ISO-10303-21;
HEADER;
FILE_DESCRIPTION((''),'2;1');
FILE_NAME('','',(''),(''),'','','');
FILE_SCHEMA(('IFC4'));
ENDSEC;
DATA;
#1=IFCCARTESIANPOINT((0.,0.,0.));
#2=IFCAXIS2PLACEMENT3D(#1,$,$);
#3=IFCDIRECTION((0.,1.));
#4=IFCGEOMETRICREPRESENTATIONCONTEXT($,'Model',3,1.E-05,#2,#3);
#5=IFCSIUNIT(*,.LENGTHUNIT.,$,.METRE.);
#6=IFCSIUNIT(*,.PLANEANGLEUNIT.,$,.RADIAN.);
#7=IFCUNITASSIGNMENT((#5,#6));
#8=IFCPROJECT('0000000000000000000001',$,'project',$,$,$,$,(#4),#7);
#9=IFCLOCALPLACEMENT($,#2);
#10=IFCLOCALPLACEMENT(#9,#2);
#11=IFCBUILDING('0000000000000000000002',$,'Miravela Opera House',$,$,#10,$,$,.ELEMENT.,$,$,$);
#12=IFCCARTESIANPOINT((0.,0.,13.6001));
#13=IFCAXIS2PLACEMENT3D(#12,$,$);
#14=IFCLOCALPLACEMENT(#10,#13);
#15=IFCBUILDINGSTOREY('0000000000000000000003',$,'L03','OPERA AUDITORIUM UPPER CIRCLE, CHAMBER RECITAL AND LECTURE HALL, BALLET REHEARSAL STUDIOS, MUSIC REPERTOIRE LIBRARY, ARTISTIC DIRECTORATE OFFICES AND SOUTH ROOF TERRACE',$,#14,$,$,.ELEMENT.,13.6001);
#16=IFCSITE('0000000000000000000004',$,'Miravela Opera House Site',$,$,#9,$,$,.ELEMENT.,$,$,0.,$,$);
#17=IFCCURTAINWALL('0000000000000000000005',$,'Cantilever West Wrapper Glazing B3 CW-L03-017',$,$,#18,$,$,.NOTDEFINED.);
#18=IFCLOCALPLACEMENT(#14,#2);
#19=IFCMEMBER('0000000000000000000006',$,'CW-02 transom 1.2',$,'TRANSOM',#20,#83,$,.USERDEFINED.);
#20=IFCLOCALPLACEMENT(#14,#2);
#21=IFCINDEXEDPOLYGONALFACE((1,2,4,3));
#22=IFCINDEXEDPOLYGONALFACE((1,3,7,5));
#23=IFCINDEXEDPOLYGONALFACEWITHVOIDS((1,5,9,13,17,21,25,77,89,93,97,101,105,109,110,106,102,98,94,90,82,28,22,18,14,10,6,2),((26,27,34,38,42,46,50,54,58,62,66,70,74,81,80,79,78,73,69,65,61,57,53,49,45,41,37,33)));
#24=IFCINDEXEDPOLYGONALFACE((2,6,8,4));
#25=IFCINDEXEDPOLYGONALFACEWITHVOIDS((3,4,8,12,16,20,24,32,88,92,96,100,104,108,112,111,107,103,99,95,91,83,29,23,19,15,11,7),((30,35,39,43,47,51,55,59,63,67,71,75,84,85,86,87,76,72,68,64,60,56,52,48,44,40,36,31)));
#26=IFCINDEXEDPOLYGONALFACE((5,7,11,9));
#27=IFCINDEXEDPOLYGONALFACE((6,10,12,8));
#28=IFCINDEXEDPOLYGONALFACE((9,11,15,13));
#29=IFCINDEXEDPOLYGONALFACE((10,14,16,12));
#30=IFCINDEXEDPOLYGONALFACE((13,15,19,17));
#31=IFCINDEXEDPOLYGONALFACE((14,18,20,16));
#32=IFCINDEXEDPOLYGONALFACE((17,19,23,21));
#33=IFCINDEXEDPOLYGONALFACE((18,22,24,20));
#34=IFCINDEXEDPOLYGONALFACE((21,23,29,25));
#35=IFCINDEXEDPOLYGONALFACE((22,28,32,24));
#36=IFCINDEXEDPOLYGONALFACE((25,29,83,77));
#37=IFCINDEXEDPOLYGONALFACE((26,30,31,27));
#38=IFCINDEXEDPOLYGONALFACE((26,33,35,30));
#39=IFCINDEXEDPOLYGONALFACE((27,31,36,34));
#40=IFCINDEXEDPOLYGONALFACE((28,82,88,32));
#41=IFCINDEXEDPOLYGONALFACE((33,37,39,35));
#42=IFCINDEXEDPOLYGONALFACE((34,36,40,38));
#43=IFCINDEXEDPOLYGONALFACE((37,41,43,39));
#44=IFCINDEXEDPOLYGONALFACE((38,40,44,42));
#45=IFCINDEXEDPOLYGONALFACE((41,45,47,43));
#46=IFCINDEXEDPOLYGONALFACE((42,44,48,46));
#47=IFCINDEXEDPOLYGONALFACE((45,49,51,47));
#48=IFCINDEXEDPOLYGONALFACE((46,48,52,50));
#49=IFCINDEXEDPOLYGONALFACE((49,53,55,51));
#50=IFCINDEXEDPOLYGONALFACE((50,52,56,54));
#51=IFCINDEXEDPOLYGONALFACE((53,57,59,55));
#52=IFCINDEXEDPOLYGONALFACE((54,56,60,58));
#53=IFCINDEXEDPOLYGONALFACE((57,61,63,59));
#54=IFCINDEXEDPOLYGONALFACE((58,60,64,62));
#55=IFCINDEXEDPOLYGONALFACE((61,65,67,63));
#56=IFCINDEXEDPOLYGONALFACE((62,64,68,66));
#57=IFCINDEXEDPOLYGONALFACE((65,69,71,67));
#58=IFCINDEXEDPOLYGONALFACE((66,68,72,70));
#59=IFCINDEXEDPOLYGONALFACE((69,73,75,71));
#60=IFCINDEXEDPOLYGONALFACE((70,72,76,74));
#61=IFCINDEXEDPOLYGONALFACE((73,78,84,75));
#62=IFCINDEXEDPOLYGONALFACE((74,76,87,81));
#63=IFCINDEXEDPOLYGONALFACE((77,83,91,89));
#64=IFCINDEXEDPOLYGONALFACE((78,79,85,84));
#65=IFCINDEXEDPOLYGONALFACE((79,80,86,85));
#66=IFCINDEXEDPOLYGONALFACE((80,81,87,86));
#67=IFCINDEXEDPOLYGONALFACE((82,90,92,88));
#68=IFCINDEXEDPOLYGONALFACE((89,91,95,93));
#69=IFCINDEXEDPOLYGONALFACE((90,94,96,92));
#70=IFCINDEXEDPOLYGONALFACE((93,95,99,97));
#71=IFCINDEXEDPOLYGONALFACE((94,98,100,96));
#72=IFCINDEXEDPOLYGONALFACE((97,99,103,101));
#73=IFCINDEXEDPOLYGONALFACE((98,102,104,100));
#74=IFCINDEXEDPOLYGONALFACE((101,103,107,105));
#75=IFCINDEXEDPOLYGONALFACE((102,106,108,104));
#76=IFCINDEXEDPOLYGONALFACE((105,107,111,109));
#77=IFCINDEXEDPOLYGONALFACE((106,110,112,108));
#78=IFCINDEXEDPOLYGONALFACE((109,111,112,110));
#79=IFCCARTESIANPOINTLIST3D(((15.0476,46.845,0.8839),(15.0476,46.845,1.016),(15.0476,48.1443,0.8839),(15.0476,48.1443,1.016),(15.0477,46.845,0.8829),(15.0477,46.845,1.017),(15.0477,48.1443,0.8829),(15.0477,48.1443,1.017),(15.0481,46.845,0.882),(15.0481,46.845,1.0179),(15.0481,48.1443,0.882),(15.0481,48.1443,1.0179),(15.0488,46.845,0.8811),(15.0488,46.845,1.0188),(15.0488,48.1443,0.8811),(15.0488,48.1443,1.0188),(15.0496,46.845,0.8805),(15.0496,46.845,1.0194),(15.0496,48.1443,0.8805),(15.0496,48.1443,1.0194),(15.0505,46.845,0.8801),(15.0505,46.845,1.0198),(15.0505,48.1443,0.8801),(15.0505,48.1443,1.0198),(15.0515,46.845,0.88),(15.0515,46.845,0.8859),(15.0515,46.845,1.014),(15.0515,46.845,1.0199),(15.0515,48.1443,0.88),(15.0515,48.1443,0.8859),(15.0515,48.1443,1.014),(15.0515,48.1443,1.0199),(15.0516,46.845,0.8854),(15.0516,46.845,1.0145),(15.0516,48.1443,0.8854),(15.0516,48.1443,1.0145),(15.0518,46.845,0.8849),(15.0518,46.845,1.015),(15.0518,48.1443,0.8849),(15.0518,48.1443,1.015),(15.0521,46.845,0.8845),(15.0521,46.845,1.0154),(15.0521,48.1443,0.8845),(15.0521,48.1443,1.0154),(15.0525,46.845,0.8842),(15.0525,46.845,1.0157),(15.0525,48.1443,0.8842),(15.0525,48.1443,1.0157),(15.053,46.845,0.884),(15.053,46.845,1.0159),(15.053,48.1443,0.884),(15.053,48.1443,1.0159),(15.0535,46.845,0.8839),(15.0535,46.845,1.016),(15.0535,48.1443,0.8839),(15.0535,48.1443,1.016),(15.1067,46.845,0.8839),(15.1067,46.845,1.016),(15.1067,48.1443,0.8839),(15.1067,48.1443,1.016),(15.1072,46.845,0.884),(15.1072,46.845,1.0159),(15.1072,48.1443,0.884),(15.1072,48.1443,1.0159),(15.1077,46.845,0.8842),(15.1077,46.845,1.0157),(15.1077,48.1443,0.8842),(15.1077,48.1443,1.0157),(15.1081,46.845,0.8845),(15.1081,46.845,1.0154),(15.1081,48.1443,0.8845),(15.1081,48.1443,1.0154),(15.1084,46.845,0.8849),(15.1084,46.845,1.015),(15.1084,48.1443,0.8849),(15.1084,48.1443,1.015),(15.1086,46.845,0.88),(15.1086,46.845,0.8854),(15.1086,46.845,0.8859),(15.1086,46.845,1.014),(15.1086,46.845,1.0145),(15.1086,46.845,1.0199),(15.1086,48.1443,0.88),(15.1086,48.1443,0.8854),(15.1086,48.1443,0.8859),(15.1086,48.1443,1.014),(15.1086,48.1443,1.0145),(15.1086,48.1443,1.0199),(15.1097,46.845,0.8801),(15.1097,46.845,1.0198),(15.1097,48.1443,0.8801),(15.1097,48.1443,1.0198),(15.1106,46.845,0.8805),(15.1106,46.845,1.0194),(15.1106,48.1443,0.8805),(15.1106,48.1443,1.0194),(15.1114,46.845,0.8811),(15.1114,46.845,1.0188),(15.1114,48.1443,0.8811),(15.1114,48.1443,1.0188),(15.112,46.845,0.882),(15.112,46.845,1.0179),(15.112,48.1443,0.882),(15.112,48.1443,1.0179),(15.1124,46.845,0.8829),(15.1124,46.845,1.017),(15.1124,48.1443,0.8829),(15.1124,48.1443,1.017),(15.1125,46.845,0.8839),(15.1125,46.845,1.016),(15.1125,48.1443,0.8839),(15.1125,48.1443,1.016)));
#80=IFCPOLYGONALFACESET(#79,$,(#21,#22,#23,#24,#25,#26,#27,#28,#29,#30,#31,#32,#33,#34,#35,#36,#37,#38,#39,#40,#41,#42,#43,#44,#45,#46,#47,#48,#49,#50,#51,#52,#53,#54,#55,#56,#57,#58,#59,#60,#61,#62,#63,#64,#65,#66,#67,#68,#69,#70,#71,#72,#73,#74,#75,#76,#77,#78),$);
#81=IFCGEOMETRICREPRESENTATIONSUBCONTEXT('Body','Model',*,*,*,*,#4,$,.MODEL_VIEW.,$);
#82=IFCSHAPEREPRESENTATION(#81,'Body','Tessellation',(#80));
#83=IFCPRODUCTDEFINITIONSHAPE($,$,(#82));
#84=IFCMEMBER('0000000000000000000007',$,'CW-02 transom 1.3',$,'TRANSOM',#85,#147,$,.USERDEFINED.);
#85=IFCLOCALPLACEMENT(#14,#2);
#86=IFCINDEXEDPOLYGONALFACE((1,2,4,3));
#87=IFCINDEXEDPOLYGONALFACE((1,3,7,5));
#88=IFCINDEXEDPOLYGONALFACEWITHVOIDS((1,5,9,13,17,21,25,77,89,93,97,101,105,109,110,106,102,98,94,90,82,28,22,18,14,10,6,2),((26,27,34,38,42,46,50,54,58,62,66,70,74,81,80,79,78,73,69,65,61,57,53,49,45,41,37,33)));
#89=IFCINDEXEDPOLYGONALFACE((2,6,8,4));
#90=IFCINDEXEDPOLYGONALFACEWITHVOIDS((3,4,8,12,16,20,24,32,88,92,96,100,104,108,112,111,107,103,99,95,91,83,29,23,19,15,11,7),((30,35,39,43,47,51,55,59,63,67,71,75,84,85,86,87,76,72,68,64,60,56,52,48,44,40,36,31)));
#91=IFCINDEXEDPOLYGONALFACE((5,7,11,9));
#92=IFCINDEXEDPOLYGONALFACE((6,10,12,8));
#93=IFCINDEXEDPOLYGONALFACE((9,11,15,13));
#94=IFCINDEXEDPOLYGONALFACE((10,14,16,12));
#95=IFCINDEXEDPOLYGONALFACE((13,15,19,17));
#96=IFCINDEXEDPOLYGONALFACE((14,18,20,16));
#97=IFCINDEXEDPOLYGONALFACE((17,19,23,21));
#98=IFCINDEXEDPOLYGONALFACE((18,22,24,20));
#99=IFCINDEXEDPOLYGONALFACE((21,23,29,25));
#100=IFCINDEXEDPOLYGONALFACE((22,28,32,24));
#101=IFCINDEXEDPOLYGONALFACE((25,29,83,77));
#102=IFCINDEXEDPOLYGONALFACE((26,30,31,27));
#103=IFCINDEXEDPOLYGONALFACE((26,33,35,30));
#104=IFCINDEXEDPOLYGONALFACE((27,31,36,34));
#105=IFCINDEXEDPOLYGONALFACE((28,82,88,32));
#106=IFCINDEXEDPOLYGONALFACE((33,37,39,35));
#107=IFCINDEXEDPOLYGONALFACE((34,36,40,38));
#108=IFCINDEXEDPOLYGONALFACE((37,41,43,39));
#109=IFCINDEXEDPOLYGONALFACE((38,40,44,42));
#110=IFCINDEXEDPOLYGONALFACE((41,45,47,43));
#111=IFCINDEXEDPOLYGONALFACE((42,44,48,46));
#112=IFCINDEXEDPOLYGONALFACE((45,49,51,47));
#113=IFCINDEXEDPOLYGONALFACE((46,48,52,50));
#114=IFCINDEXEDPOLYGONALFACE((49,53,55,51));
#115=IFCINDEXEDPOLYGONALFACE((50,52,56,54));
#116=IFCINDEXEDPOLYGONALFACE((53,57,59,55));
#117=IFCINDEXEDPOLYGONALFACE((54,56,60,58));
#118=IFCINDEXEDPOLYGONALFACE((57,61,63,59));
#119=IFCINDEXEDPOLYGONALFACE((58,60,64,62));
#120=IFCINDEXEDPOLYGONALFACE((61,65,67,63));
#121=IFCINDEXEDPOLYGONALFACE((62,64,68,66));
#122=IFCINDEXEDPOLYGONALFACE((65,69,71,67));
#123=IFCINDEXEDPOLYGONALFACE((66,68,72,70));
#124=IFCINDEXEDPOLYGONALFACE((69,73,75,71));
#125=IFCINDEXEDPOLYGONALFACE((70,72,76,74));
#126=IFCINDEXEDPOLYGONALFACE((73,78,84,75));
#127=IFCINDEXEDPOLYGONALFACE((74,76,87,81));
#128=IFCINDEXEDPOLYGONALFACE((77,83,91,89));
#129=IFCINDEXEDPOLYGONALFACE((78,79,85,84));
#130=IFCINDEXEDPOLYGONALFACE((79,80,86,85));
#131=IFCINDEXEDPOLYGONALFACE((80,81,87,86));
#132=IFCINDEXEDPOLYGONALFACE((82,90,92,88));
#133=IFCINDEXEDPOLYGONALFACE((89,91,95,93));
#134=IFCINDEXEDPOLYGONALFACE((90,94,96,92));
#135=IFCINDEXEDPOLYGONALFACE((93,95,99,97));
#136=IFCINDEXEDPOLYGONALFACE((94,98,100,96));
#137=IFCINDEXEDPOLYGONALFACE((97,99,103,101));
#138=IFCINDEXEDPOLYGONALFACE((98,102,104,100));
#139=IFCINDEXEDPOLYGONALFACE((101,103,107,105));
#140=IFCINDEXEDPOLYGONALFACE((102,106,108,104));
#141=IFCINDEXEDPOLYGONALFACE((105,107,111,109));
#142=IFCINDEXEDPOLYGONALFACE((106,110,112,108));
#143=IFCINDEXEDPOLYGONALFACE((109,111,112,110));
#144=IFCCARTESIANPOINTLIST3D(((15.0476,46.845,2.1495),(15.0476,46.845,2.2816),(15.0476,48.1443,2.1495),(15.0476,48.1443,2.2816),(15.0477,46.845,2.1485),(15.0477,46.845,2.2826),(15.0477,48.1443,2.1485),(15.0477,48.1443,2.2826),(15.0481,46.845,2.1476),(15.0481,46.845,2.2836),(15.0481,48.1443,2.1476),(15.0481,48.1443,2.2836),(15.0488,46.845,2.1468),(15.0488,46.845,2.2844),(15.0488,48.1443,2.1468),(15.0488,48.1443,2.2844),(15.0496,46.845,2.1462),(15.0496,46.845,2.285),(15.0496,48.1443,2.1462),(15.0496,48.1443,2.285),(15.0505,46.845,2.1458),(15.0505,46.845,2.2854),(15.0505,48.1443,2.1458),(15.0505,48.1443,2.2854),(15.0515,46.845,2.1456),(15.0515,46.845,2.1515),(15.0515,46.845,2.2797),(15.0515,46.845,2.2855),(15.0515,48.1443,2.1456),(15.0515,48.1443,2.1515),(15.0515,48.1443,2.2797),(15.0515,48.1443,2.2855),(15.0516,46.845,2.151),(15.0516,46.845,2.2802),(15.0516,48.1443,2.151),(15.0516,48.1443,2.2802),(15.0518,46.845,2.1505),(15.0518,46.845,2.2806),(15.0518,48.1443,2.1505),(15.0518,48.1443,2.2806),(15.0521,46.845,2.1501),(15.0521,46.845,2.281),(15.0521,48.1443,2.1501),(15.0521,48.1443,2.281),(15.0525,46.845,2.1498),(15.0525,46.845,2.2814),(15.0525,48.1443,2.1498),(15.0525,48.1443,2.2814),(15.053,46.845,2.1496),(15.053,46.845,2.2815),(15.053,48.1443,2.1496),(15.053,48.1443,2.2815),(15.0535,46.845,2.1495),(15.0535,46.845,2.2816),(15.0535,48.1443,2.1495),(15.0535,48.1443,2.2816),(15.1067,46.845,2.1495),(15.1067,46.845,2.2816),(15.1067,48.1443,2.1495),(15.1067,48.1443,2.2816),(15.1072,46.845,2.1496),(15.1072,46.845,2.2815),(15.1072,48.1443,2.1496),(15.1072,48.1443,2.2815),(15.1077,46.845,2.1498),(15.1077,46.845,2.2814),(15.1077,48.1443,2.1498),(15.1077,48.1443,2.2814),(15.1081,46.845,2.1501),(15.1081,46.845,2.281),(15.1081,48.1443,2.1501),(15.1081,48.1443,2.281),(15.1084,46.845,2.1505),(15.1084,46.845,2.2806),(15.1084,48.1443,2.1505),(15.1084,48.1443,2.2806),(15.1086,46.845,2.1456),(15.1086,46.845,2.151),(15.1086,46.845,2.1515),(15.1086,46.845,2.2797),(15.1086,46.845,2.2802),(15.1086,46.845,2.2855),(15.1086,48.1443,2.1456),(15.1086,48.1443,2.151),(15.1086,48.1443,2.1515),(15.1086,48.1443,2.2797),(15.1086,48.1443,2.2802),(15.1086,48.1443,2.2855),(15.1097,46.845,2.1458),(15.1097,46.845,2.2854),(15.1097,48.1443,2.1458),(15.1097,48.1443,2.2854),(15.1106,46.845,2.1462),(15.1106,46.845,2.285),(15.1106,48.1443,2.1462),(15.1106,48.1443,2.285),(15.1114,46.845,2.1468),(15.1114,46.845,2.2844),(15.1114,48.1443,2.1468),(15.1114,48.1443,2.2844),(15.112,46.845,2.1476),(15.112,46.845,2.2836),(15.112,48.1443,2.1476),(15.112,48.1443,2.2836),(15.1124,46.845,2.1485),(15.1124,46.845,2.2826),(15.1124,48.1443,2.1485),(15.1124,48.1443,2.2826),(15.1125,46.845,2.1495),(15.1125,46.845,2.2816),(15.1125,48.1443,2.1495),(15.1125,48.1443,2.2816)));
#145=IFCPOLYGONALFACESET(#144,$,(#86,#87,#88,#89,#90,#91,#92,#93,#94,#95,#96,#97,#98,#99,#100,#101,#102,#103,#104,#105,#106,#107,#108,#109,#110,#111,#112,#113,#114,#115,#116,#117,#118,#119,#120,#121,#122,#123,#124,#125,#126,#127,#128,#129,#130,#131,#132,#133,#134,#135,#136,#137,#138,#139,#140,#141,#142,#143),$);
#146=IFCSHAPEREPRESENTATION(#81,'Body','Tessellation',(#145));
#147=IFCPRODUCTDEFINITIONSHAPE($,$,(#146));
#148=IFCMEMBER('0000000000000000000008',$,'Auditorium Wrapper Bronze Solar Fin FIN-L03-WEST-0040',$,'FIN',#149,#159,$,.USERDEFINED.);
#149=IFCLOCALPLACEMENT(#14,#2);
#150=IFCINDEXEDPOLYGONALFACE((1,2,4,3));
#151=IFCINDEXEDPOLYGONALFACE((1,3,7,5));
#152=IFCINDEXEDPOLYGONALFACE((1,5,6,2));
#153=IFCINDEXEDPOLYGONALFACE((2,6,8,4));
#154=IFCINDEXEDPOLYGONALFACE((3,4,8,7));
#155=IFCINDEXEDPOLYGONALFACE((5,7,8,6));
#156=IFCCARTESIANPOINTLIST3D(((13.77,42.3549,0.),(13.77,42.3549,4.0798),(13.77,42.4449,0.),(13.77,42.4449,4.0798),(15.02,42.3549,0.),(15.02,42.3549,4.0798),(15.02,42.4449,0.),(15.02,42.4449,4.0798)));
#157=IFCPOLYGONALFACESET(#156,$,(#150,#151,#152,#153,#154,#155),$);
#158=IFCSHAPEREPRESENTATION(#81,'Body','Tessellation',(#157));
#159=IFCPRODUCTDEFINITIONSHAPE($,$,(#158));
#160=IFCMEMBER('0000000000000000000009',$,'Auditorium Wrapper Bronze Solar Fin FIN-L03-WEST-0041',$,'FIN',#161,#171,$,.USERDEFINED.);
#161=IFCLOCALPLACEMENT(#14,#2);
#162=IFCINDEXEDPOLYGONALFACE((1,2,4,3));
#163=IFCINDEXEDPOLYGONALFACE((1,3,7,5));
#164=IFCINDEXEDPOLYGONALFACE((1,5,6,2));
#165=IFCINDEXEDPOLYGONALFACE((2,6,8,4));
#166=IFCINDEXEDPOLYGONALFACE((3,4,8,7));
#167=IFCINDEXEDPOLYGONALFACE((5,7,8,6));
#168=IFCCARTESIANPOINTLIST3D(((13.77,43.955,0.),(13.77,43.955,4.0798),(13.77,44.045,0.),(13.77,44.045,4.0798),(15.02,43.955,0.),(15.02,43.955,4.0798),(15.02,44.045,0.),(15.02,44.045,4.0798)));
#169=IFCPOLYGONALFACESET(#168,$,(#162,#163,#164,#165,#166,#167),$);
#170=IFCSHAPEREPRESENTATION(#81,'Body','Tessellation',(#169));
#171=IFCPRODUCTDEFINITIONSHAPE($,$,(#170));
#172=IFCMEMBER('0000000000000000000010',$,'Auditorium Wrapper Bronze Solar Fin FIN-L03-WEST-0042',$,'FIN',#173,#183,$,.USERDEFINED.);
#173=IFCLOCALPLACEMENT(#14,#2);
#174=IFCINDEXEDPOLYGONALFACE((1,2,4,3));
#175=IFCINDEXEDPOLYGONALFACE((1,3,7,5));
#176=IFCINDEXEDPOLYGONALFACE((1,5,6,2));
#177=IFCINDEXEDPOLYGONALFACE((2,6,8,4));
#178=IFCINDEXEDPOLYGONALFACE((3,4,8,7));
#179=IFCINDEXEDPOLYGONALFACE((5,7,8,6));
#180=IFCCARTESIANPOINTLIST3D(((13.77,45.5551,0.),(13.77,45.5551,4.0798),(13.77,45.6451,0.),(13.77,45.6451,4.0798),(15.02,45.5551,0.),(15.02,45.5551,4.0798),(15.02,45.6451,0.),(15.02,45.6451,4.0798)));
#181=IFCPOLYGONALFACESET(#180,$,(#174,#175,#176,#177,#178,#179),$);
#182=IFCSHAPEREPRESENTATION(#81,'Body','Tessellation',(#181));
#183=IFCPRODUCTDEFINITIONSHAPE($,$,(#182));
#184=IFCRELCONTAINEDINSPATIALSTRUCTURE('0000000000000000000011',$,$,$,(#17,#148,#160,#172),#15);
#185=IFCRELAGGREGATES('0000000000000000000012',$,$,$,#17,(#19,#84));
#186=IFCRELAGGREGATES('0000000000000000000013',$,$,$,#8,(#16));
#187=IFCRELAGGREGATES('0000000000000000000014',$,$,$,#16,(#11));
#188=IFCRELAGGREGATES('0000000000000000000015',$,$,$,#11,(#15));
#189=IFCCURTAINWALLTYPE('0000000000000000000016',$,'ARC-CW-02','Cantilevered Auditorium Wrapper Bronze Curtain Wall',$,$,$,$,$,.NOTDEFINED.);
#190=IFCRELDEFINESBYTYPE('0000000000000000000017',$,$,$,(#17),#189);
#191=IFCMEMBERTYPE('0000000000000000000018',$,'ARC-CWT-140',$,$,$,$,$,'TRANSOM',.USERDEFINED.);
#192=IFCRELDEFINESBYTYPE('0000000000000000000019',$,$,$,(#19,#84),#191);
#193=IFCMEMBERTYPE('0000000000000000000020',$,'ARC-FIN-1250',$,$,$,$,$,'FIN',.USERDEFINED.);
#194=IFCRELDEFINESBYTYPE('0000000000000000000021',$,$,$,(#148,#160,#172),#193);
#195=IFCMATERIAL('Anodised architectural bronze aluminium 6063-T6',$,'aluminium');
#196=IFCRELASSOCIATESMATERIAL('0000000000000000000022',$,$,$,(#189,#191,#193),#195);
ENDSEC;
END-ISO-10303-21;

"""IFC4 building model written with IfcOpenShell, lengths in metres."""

from ifc_helpers import new_model, si_unit, direction, frame, origin, origin_2d, place, context, subcontext, project, spatial, rectangle, hollow_rectangle, extrude, material, material_profile, profile_set, type_object, element, aggregate, save


model = new_model("IFC4")

# Units and contexts
model_context = context("Model", 3, precision=1e-05, world=origin(), true_north=direction((0.0, 1.0)))
body_context = subcontext(model_context, "Body", "Model", "MODEL_VIEW")
ifc_project = project(units=[si_unit("LENGTHUNIT", "METRE"), si_unit("PLANEANGLEUNIT", "RADIAN")], contexts=[model_context])

# Site, building, storey
site_placement = place(None, origin())
site = spatial("IfcSite", under=ifc_project, at=site_placement, Name="Miravela Opera House Site", CompositionType="ELEMENT", RefElevation=0.0)
building_placement = place(site_placement, origin())
building = spatial("IfcBuilding", under=site, at=building_placement, Name="Miravela Opera House", CompositionType="ELEMENT")
storey_placement = place(building_placement, frame((0.0, 0.0, 13.6001)))
storey = spatial("IfcBuildingStorey", under=building, at=storey_placement, Name="L03", Description="OPERA AUDITORIUM UPPER CIRCLE, CHAMBER RECITAL AND LECTURE HALL, BALLET REHEARSAL STUDIOS, MUSIC REPERTOIRE LIBRARY, ARTISTIC DIRECTORATE OFFICES AND SOUTH ROOF TERRACE", CompositionType="ELEMENT", Elevation=13.6001)

# Shared definitions
ifc_material_1 = material(Name="Anodised architectural bronze aluminium 6063-T6", Category="aluminium")
curtain_wall_type = type_object("IfcCurtainWallType", Name="ARC-CW-02", Description="Cantilevered Auditorium Wrapper Bronze Curtain Wall", PredefinedType="NOTDEFINED", material=ifc_material_1)

# Curtain wall
curtain_wall_1_placement = place(storey_placement, origin())
curtain_wall_1 = element("IfcCurtainWall", 1, at=curtain_wall_1_placement, inside=storey, type_object=curtain_wall_type, Name="Cantilever West Wrapper Glazing B3 CW-L03-017", PredefinedType="NOTDEFINED")

# Members
ifc_material_profile_1 = material_profile(ifc_material_1, hollow_rectangle(XDim=0.0649, YDim=0.1399, WallThickness=0.0039, InnerFilletRadius=0.002, OuterFilletRadius=0.0039, at=origin_2d()), Name="CWT-65X140")
ifc_profile_set_1 = profile_set([ifc_material_profile_1])
member_type_1 = type_object("IfcMemberType", Name="ARC-CWT-140", ElementType="TRANSOM", PredefinedType="USERDEFINED", material=ifc_profile_set_1)
member_1_placement = place(storey_placement, frame((15.0801, 46.845, 0.95), z_axis=(0.0, 1.0, 0.0), x_axis=(-1.0, 0.0, 0.0)))
member_1 = element("IfcMember", 2, at=member_1_placement, type_object=member_type_1, Name="CW-02 transom 1.2", ObjectType="TRANSOM", PredefinedType="USERDEFINED", context=body_context, shape_type="SweptSolid", body=[
    extrude(hollow_rectangle(XDim=0.0649, YDim=0.1399, WallThickness=0.0039, InnerFilletRadius=0.002, OuterFilletRadius=0.0039, at=origin_2d()), origin(), (0.0, 0.0, 1.0), 1.2993),
])
member_2_placement = place(storey_placement, frame((15.0801, 46.845, 2.2156), z_axis=(0.0, 1.0, 0.0), x_axis=(-1.0, 0.0, 0.0)))
member_2 = element("IfcMember", 3, at=member_2_placement, type_object=member_type_1, Name="CW-02 transom 1.3", ObjectType="TRANSOM", PredefinedType="USERDEFINED", context=body_context, shape_type="SweptSolid", body=[
    extrude(hollow_rectangle(XDim=0.0649, YDim=0.1399, WallThickness=0.0039, InnerFilletRadius=0.002, OuterFilletRadius=0.0039, at=origin_2d()), origin(), (0.0, 0.0, 1.0), 1.2993),
])
aggregate(curtain_wall_1, [member_1, member_2])

# Members
ifc_material_profile_2 = material_profile(ifc_material_1, rectangle(XDim=0.0901, YDim=1.25, at=origin_2d()), Name="FIN-1250X90")
ifc_profile_set_2 = profile_set([ifc_material_profile_2])
member_type_2 = type_object("IfcMemberType", Name="ARC-FIN-1250", ElementType="FIN", PredefinedType="USERDEFINED", material=ifc_profile_set_2)
for number, where, z_axis, x_axis, name in (
    (4, (14.395, 42.3999, 0.0), (0.0, 0.0, 1.0), (0.0, 1.0, 0.0), "Auditorium Wrapper Bronze Solar Fin FIN-L03-WEST-0040"),
    (5, (14.395, 44.0, 0.0), (0.0, 0.0, 1.0), (0.0, 1.0, 0.0), "Auditorium Wrapper Bronze Solar Fin FIN-L03-WEST-0041"),
    (6, (14.395, 45.6001, 0.0), (0.0, 0.0, 1.0), (0.0, 1.0, 0.0), "Auditorium Wrapper Bronze Solar Fin FIN-L03-WEST-0042"),
):
    element("IfcMember", number, at=place(storey_placement, frame(where, z_axis=z_axis, x_axis=x_axis)), inside=storey, type_object=member_type_2, Name=name, ObjectType="FIN", PredefinedType="USERDEFINED", context=body_context, shape_type="SweptSolid", body=[
        extrude(rectangle(XDim=0.0901, YDim=1.25, at=origin_2d()), origin(), (0.0, 0.0, 1.0), 4.0798),
    ])

save(model, "model.ifc")
